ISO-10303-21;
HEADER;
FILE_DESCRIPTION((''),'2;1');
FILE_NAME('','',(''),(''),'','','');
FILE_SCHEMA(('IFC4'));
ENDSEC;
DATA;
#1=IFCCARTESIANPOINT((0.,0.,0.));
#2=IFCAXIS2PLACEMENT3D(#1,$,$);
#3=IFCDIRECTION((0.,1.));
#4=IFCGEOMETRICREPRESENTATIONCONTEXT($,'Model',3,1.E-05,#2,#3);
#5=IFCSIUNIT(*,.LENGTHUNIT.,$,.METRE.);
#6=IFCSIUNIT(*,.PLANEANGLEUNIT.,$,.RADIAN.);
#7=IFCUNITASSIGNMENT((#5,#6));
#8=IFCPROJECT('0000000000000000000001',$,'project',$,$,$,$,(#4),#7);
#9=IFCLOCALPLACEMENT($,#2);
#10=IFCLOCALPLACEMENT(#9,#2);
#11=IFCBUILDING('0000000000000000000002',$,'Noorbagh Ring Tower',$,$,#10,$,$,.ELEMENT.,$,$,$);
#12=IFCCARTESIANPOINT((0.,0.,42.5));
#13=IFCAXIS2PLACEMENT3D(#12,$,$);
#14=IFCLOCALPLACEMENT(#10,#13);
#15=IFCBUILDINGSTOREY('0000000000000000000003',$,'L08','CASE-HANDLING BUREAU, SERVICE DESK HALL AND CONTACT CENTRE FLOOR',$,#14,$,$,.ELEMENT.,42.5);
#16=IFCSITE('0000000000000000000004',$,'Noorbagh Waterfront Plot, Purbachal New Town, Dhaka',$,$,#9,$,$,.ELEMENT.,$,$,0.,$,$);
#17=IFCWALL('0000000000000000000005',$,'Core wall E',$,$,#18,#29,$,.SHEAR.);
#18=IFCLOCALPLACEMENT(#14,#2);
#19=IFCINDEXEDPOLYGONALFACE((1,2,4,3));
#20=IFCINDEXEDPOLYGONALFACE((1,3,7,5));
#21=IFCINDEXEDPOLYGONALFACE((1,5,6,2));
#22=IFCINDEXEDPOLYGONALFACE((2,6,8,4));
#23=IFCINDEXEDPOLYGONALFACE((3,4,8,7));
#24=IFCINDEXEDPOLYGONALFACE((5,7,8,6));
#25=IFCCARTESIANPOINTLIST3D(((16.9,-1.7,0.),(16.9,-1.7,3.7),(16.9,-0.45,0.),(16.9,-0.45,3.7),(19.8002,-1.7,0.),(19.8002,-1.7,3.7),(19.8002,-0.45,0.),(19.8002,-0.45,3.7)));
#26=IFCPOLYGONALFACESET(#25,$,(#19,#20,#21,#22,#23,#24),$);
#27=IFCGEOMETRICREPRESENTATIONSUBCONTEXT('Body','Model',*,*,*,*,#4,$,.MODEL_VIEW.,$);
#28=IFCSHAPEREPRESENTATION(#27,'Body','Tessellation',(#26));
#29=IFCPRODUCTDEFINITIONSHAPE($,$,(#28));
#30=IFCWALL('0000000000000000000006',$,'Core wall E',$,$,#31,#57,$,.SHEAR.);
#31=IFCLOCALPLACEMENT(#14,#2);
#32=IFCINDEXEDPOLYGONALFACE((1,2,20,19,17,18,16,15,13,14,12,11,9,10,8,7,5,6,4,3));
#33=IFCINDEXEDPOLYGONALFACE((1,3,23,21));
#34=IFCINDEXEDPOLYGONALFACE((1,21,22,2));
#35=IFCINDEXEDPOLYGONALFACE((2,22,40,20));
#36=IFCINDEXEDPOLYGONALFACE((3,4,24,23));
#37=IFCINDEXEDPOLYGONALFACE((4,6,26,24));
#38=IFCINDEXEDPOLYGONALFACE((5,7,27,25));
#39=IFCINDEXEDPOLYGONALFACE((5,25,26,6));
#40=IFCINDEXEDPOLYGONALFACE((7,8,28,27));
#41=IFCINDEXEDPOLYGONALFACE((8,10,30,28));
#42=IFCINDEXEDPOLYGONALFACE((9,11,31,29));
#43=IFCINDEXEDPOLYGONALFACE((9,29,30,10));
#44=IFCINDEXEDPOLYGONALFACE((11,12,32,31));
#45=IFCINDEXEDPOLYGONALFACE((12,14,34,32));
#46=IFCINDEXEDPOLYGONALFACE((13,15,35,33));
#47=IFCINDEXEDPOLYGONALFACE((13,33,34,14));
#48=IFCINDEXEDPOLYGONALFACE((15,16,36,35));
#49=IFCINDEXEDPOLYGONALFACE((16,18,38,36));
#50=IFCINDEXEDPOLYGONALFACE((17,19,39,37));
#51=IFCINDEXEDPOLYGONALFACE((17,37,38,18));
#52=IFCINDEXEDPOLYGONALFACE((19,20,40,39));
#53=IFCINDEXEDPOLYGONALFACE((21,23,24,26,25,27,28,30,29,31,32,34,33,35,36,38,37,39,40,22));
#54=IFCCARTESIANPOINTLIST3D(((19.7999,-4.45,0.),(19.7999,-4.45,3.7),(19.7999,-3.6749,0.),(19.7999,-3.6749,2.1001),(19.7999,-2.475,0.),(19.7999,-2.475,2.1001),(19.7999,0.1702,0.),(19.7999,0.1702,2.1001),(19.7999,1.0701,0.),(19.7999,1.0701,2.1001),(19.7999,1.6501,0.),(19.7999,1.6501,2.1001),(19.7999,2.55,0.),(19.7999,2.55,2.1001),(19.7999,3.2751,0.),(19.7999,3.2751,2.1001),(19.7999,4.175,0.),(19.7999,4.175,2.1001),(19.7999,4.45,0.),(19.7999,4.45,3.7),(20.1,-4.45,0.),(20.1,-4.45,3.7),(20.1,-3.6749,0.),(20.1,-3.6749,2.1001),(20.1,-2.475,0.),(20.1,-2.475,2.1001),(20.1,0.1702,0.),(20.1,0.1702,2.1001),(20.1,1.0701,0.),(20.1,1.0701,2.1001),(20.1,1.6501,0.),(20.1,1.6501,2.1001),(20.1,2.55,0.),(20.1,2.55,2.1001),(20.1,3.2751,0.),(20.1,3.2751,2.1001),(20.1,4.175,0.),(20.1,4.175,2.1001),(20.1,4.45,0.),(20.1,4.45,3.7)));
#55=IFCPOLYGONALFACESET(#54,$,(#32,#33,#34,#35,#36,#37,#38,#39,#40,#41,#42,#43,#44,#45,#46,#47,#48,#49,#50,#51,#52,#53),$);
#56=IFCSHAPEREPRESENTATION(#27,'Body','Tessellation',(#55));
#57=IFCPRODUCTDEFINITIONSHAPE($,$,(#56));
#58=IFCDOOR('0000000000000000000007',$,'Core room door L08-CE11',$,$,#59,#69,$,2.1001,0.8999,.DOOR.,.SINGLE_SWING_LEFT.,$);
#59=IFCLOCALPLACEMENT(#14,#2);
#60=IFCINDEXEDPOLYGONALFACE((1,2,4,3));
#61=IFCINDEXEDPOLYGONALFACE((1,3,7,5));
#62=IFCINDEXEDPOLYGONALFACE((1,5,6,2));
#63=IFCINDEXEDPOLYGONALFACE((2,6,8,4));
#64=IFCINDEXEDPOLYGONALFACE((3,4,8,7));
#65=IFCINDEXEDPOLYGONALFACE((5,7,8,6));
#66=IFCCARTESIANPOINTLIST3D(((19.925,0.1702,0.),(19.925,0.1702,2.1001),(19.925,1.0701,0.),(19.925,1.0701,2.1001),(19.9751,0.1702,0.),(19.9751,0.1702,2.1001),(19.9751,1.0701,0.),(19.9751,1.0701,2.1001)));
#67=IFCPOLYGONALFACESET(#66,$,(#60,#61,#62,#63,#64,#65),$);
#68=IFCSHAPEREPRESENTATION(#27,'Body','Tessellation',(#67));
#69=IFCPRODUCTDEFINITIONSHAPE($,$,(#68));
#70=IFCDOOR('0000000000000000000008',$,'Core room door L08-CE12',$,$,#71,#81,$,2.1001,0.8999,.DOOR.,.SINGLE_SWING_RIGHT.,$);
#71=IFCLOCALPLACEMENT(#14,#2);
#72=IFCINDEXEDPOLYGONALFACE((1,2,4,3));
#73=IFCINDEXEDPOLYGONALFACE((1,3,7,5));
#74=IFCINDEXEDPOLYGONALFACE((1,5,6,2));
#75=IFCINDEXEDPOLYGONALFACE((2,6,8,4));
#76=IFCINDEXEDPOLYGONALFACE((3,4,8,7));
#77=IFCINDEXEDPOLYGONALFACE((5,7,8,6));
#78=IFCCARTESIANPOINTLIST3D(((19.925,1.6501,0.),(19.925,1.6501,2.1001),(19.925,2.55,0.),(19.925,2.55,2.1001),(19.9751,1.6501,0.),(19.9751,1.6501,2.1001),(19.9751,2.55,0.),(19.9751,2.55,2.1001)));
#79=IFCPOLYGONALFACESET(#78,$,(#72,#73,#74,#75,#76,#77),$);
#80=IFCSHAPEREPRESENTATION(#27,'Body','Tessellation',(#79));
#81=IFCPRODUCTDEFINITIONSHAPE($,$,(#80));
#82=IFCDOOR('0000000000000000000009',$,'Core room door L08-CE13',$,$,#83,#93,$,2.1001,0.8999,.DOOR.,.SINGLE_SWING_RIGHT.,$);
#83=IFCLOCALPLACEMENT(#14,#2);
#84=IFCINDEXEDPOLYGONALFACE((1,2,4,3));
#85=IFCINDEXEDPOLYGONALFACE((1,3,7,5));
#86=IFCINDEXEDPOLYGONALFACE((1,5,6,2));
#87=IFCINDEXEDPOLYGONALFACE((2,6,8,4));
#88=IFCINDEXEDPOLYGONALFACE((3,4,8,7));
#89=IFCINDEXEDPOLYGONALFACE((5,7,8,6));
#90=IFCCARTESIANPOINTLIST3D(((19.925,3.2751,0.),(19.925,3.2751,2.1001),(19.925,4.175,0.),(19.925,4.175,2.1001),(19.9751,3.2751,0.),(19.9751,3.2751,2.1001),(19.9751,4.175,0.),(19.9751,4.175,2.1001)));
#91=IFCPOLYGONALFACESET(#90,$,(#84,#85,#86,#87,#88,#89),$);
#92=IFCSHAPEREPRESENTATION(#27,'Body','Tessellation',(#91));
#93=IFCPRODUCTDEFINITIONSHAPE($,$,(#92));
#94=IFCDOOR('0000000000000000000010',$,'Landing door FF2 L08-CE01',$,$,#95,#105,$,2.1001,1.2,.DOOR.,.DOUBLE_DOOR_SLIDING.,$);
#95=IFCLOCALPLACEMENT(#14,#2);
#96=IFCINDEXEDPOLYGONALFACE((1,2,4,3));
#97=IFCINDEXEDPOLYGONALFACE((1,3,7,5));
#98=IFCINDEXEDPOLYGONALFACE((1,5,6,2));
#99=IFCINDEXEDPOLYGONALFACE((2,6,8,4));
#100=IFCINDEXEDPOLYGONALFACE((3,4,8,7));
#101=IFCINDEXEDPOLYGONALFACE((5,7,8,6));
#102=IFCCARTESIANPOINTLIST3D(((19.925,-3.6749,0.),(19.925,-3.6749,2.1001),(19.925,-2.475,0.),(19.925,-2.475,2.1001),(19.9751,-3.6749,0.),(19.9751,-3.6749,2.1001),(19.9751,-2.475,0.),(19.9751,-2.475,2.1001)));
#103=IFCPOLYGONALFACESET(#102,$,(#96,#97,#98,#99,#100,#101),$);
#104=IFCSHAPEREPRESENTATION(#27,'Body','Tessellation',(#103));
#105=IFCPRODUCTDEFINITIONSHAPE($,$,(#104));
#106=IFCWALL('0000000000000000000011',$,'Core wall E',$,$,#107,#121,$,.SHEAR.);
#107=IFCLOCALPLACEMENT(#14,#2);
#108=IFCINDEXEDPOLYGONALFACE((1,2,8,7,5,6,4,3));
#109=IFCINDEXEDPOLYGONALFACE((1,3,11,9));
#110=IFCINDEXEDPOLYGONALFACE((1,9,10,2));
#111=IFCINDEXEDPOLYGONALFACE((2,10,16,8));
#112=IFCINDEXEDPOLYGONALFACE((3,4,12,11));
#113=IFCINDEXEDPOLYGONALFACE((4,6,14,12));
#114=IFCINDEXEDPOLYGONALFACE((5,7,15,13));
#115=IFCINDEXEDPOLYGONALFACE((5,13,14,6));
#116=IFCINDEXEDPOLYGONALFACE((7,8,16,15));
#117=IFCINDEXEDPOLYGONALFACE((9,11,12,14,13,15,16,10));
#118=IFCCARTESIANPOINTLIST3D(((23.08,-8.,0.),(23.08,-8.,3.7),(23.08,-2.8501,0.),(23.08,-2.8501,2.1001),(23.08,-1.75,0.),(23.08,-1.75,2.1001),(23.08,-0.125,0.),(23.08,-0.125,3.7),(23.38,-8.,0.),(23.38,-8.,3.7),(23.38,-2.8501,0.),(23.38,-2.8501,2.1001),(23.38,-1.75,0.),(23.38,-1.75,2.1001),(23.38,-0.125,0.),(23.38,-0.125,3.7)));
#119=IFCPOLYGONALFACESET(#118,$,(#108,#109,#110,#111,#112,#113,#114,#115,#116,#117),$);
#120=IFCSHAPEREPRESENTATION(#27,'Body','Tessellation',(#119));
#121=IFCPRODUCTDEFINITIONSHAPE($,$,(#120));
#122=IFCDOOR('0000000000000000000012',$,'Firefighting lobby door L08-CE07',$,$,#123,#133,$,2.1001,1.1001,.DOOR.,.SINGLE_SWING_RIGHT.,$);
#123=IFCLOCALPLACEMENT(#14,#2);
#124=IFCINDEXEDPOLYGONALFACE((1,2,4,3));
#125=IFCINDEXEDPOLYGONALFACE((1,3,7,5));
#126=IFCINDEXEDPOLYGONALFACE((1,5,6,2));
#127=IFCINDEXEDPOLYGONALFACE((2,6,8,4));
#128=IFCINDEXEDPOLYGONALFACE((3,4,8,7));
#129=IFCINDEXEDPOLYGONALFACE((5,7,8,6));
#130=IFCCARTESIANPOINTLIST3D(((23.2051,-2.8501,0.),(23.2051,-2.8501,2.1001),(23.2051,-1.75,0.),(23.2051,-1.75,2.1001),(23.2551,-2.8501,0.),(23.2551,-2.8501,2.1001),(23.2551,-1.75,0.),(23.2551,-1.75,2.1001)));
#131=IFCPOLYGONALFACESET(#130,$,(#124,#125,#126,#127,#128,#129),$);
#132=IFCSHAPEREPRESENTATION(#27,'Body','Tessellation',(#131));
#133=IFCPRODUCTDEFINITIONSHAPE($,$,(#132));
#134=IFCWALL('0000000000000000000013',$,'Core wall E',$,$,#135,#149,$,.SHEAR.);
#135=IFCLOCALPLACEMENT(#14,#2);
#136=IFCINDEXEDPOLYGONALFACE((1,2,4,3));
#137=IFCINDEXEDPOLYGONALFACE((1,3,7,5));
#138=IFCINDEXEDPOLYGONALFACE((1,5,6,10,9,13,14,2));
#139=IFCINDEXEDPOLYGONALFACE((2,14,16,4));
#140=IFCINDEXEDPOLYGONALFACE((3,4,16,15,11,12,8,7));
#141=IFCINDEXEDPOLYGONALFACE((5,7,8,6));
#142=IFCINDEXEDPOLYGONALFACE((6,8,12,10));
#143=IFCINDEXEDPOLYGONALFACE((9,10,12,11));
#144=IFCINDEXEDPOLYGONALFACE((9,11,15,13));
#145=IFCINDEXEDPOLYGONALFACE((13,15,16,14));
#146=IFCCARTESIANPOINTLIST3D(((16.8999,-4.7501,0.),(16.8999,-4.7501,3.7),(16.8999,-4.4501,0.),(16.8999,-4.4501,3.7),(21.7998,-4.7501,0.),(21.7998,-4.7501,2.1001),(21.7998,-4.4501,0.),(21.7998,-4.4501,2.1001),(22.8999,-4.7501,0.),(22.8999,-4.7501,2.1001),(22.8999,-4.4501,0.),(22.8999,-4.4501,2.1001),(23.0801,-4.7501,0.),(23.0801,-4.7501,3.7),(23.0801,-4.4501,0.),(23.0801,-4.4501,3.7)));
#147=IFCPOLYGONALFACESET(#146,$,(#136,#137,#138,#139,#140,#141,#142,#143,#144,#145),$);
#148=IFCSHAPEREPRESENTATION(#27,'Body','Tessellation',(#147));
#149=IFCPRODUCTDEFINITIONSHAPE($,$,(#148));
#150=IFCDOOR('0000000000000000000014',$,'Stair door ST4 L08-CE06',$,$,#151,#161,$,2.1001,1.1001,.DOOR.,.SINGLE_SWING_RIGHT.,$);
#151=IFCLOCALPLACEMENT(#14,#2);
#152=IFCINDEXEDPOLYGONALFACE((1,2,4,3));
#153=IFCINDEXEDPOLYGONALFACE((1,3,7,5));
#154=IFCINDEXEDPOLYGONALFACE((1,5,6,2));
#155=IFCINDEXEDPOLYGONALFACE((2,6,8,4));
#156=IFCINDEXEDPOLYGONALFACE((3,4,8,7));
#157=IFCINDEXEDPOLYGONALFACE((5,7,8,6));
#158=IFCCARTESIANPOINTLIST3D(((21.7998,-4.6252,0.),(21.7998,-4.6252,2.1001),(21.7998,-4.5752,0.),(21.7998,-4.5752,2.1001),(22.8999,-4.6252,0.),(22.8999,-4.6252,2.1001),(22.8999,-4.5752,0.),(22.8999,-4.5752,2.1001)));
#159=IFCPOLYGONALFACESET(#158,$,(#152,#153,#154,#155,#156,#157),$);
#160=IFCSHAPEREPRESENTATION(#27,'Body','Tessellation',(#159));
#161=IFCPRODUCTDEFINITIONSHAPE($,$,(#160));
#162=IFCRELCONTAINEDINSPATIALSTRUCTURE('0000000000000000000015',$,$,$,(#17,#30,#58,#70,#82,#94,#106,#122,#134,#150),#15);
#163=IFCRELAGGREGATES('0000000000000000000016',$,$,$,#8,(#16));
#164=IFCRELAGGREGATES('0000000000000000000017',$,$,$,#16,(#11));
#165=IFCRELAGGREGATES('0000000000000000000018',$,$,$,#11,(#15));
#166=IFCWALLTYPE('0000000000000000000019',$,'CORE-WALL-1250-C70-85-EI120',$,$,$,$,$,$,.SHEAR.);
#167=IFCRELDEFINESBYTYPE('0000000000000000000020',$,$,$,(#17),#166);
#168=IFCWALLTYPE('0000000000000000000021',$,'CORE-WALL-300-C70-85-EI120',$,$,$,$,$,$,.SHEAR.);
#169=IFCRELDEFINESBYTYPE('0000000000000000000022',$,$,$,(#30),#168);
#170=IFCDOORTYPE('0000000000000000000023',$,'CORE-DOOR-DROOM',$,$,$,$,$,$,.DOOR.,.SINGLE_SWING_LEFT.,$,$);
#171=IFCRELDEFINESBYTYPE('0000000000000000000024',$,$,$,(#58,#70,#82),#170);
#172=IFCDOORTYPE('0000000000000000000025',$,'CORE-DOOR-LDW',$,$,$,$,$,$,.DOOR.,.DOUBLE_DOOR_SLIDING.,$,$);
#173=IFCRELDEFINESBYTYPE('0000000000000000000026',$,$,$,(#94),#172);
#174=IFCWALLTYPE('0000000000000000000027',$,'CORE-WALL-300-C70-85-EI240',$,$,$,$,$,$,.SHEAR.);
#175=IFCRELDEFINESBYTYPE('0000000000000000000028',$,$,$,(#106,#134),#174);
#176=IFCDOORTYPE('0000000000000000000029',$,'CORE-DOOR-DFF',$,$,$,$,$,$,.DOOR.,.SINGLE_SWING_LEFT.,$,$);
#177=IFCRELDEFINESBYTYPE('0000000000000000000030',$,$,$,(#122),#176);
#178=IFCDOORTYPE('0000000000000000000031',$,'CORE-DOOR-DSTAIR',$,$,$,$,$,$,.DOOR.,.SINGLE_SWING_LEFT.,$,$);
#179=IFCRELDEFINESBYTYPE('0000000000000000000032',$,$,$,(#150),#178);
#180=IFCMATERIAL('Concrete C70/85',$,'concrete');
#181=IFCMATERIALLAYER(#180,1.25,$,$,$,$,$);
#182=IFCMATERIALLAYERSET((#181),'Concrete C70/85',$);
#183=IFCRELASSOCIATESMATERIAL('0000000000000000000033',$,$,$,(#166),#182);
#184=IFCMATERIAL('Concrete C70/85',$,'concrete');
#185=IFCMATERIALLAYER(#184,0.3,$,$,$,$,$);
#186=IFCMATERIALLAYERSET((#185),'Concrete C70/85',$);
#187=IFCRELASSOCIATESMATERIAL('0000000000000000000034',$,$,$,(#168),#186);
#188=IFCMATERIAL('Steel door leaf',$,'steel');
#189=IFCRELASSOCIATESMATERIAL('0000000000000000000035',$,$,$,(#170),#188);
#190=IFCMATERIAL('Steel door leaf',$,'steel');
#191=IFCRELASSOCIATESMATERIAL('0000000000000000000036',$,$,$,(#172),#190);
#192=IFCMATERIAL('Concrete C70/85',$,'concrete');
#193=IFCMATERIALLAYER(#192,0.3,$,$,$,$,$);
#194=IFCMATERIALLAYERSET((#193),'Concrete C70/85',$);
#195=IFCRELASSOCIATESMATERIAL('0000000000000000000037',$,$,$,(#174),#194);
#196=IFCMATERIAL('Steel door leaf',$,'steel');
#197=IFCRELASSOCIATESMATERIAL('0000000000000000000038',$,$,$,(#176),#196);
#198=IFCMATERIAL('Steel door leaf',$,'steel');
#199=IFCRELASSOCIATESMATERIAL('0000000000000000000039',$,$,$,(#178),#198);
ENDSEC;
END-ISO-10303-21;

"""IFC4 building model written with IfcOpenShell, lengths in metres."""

from ifc_helpers import new_model, si_unit, direction, frame, frame_2d, origin, place, context, subcontext, project, spatial, rectangle, extrude, material, layer, layer_set, type_object, element, fill, save


model = new_model("IFC4")

# Units and contexts
model_context = context("Model", 3, precision=1e-05, world=origin(), true_north=direction((0.0, 1.0)))
body_context = subcontext(model_context, "Body", "Model", "MODEL_VIEW")
ifc_project = project(units=[si_unit("LENGTHUNIT", "METRE"), si_unit("PLANEANGLEUNIT", "RADIAN")], contexts=[model_context])

# Site, building, storey
site_placement = place(None, origin())
site = spatial("IfcSite", under=ifc_project, at=site_placement, Name="Noorbagh Waterfront Plot, Purbachal New Town, Dhaka", CompositionType="ELEMENT", RefElevation=0.0)
building_placement = place(site_placement, origin())
building = spatial("IfcBuilding", under=site, at=building_placement, Name="Noorbagh Ring Tower", CompositionType="ELEMENT")
storey_placement = place(building_placement, frame((0.0, 0.0, 42.5)))
storey = spatial("IfcBuildingStorey", under=building, at=storey_placement, Name="L08", Description="CASE-HANDLING BUREAU, SERVICE DESK HALL AND CONTACT CENTRE FLOOR", CompositionType="ELEMENT", Elevation=42.5)

# Wall
ifc_material_1 = material(Name="Concrete C70/85", Category="concrete")
ifc_layer_1 = layer(ifc_material_1, 1.25)
ifc_layer_set_1 = layer_set([ifc_layer_1], Name="Concrete C70/85")
wall_type_1 = type_object("IfcWallType", Name="CORE-WALL-1250-C70-85-EI120", PredefinedType="SHEAR", material=ifc_layer_set_1)
wall_1_placement = place(storey_placement, frame((16.8999, -1.075, 0.0), z_axis=(0.0, 0.0, 1.0), x_axis=(1.0, 0.0, 0.0)))
element("IfcWall", 1, at=wall_1_placement, inside=storey, type_object=wall_type_1, Name="Core wall E", PredefinedType="SHEAR", context=body_context, shape_type="SweptSolid", body=[
    extrude(rectangle(XDim=2.9001, YDim=1.25, at=frame_2d((1.4502, 0.0))), origin(), (0.0, 0.0, 1.0), 3.7),
])

# Wall, openings, doors
ifc_material_2 = material(Name="Concrete C70/85", Category="concrete")
ifc_layer_2 = layer(ifc_material_2, 0.3)
ifc_layer_set_2 = layer_set([ifc_layer_2], Name="Concrete C70/85")
wall_type_2 = type_object("IfcWallType", Name="CORE-WALL-300-C70-85-EI120", PredefinedType="SHEAR", material=ifc_layer_set_2)
wall_2_placement = place(storey_placement, frame((19.95, -4.45, 0.0), z_axis=(0.0, 0.0, 1.0), x_axis=(0.0, 1.0, 0.0)))
wall_2 = element("IfcWall", 2, at=wall_2_placement, inside=storey, type_object=wall_type_2, Name="Core wall E", PredefinedType="SHEAR", context=body_context, shape_type="SweptSolid", body=[
    extrude(rectangle(XDim=8.8999, YDim=0.3, at=frame_2d((4.45, 0.0))), origin(), (0.0, 0.0, 1.0), 3.7),
])
opening_1_placement = place(wall_2_placement, frame((0.7749, 0.0, 0.0)))
opening_1 = element("IfcOpeningElement", 3, at=opening_1_placement, cuts=wall_2, PredefinedType="OPENING", context=body_context, shape_type="SweptSolid", body=[
    extrude(rectangle(XDim=1.2, YDim=2.1001, at=frame_2d((0.6001, 1.05))), frame((0.0, 0.1602, 0.0), z_axis=(0.0, -1.0, 0.0), x_axis=(1.0, 0.0, 0.0)), (0.0, 0.0, 1.0), 0.3201),
])
opening_2_placement = place(wall_2_placement, frame((4.6201, 0.0, 0.0)))
opening_2 = element("IfcOpeningElement", 4, at=opening_2_placement, cuts=wall_2, PredefinedType="OPENING", context=body_context, shape_type="SweptSolid", body=[
    extrude(rectangle(XDim=0.8999, YDim=2.1001, at=frame_2d((0.45, 1.05))), frame((0.0, 0.1602, 0.0), z_axis=(0.0, -1.0, 0.0), x_axis=(1.0, 0.0, 0.0)), (0.0, 0.0, 1.0), 0.3201),
])
opening_3_placement = place(wall_2_placement, frame((6.1001, 0.0, 0.0)))
opening_3 = element("IfcOpeningElement", 5, at=opening_3_placement, cuts=wall_2, PredefinedType="OPENING", context=body_context, shape_type="SweptSolid", body=[
    extrude(rectangle(XDim=0.8999, YDim=2.1001, at=frame_2d((0.45, 1.05))), frame((0.0, 0.1602, 0.0), z_axis=(0.0, -1.0, 0.0), x_axis=(1.0, 0.0, 0.0)), (0.0, 0.0, 1.0), 0.3201),
])
opening_4_placement = place(wall_2_placement, frame((7.7251, 0.0, 0.0)))
opening_4 = element("IfcOpeningElement", 6, at=opening_4_placement, cuts=wall_2, PredefinedType="OPENING", context=body_context, shape_type="SweptSolid", body=[
    extrude(rectangle(XDim=0.8999, YDim=2.1001, at=frame_2d((0.45, 1.05))), frame((0.0, 0.1602, 0.0), z_axis=(0.0, -1.0, 0.0), x_axis=(1.0, 0.0, 0.0)), (0.0, 0.0, 1.0), 0.3201),
])
ifc_material_3 = material(Name="Steel door leaf", Category="steel")
door_type_1 = type_object("IfcDoorType", Name="CORE-DOOR-DROOM", OperationType="SINGLE_SWING_LEFT", PredefinedType="DOOR", material=ifc_material_3)
door_1_placement = place(opening_2_placement, origin())
door_1 = element("IfcDoor", 7, at=door_1_placement, inside=storey, type_object=door_type_1, Name="Core room door L08-CE11", OperationType="SINGLE_SWING_LEFT", OverallHeight=2.1001, OverallWidth=0.8999, PredefinedType="DOOR", context=body_context, shape_type="SweptSolid", body=[
    extrude(rectangle(XDim=0.8999, YDim=2.1001, at=frame_2d((0.45, 1.05))), frame((0.0, 0.0249, 0.0), z_axis=(0.0, -1.0, 0.0), x_axis=(1.0, 0.0, 0.0)), (0.0, 0.0, 1.0), 0.05),
])
fill(opening_2, door_1)
door_2_placement = place(opening_3_placement, origin())
door_2 = element("IfcDoor", 8, at=door_2_placement, inside=storey, type_object=door_type_1, Name="Core room door L08-CE12", OperationType="SINGLE_SWING_RIGHT", OverallHeight=2.1001, OverallWidth=0.8999, PredefinedType="DOOR", context=body_context, shape_type="SweptSolid", body=[
    extrude(rectangle(XDim=0.8999, YDim=2.1001, at=frame_2d((0.45, 1.05))), frame((0.0, 0.0249, 0.0), z_axis=(0.0, -1.0, 0.0), x_axis=(1.0, 0.0, 0.0)), (0.0, 0.0, 1.0), 0.05),
])
fill(opening_3, door_2)
door_3_placement = place(opening_4_placement, origin())
door_3 = element("IfcDoor", 9, at=door_3_placement, inside=storey, type_object=door_type_1, Name="Core room door L08-CE13", OperationType="SINGLE_SWING_RIGHT", OverallHeight=2.1001, OverallWidth=0.8999, PredefinedType="DOOR", context=body_context, shape_type="SweptSolid", body=[
    extrude(rectangle(XDim=0.8999, YDim=2.1001, at=frame_2d((0.45, 1.05))), frame((0.0, 0.0249, 0.0), z_axis=(0.0, -1.0, 0.0), x_axis=(1.0, 0.0, 0.0)), (0.0, 0.0, 1.0), 0.05),
])
fill(opening_4, door_3)
ifc_material_4 = material(Name="Steel door leaf", Category="steel")
door_type_2 = type_object("IfcDoorType", Name="CORE-DOOR-LDW", OperationType="DOUBLE_DOOR_SLIDING", PredefinedType="DOOR", material=ifc_material_4)
door_4_placement = place(opening_1_placement, origin())
door_4 = element("IfcDoor", 10, at=door_4_placement, inside=storey, type_object=door_type_2, Name="Landing door FF2 L08-CE01", OperationType="DOUBLE_DOOR_SLIDING", OverallHeight=2.1001, OverallWidth=1.2, PredefinedType="DOOR", context=body_context, shape_type="SweptSolid", body=[
    extrude(rectangle(XDim=1.2, YDim=2.1001, at=frame_2d((0.6001, 1.05))), frame((0.0, 0.0249, 0.0), z_axis=(0.0, -1.0, 0.0), x_axis=(1.0, 0.0, 0.0)), (0.0, 0.0, 1.0), 0.05),
])
fill(opening_1, door_4)

# Walls, openings, doors
ifc_material_5 = material(Name="Concrete C70/85", Category="concrete")
ifc_layer_3 = layer(ifc_material_5, 0.3)
ifc_layer_set_3 = layer_set([ifc_layer_3], Name="Concrete C70/85")
wall_type_3 = type_object("IfcWallType", Name="CORE-WALL-300-C70-85-EI240", PredefinedType="SHEAR", material=ifc_layer_set_3)
wall_3_placement = place(storey_placement, frame((23.23, -8.0, 0.0), z_axis=(0.0, 0.0, 1.0), x_axis=(0.0, 1.0, 0.0)))
wall_3 = element("IfcWall", 11, at=wall_3_placement, inside=storey, type_object=wall_type_3, Name="Core wall E", PredefinedType="SHEAR", context=body_context, shape_type="SweptSolid", body=[
    extrude(rectangle(XDim=7.875, YDim=0.3, at=frame_2d((3.9375, 0.0))), origin(), (0.0, 0.0, 1.0), 3.7),
])
opening_5_placement = place(wall_3_placement, frame((5.1499, 0.0, 0.0)))
opening_5 = element("IfcOpeningElement", 12, at=opening_5_placement, cuts=wall_3, PredefinedType="OPENING", context=body_context, shape_type="SweptSolid", body=[
    extrude(rectangle(XDim=1.1001, YDim=2.1001, at=frame_2d((0.55, 1.05))), frame((0.0, 0.1602, 0.0), z_axis=(0.0, -1.0, 0.0), x_axis=(1.0, 0.0, 0.0)), (0.0, 0.0, 1.0), 0.3201),
])
ifc_material_6 = material(Name="Steel door leaf", Category="steel")
door_type_3 = type_object("IfcDoorType", Name="CORE-DOOR-DFF", OperationType="SINGLE_SWING_LEFT", PredefinedType="DOOR", material=ifc_material_6)
door_5_placement = place(opening_5_placement, origin())
door_5 = element("IfcDoor", 13, at=door_5_placement, inside=storey, type_object=door_type_3, Name="Firefighting lobby door L08-CE07", OperationType="SINGLE_SWING_RIGHT", OverallHeight=2.1001, OverallWidth=1.1001, PredefinedType="DOOR", context=body_context, shape_type="SweptSolid", body=[
    extrude(rectangle(XDim=1.1001, YDim=2.1001, at=frame_2d((0.55, 1.05))), frame((0.0, 0.0249, 0.0), z_axis=(0.0, -1.0, 0.0), x_axis=(1.0, 0.0, 0.0)), (0.0, 0.0, 1.0), 0.05),
])
fill(opening_5, door_5)
wall_4_placement = place(storey_placement, frame((16.8999, -4.6001, 0.0), z_axis=(0.0, 0.0, 1.0), x_axis=(1.0, 0.0, 0.0)))
wall_4 = element("IfcWall", 14, at=wall_4_placement, inside=storey, type_object=wall_type_3, Name="Core wall E", PredefinedType="SHEAR", context=body_context, shape_type="SweptSolid", body=[
    extrude(rectangle(XDim=6.1802, YDim=0.3, at=frame_2d((3.0901, 0.0))), origin(), (0.0, 0.0, 1.0), 3.7),
])
opening_6_placement = place(wall_4_placement, frame((4.8999, 0.0, 0.0)))
opening_6 = element("IfcOpeningElement", 15, at=opening_6_placement, cuts=wall_4, PredefinedType="OPENING", context=body_context, shape_type="SweptSolid", body=[
    extrude(rectangle(XDim=1.1001, YDim=2.1001, at=frame_2d((0.55, 1.05))), frame((0.0, 0.1602, 0.0), z_axis=(0.0, -1.0, 0.0), x_axis=(1.0, 0.0, 0.0)), (0.0, 0.0, 1.0), 0.3201),
])
ifc_material_7 = material(Name="Steel door leaf", Category="steel")
door_type_4 = type_object("IfcDoorType", Name="CORE-DOOR-DSTAIR", OperationType="SINGLE_SWING_LEFT", PredefinedType="DOOR", material=ifc_material_7)
door_6_placement = place(opening_6_placement, origin())
door_6 = element("IfcDoor", 16, at=door_6_placement, inside=storey, type_object=door_type_4, Name="Stair door ST4 L08-CE06", OperationType="SINGLE_SWING_RIGHT", OverallHeight=2.1001, OverallWidth=1.1001, PredefinedType="DOOR", context=body_context, shape_type="SweptSolid", body=[
    extrude(rectangle(XDim=1.1001, YDim=2.1001, at=frame_2d((0.55, 1.05))), frame((0.0, 0.0249, 0.0), z_axis=(0.0, -1.0, 0.0), x_axis=(1.0, 0.0, 0.0)), (0.0, 0.0, 1.0), 0.05),
])
fill(opening_6, door_6)

save(model, "model.ifc")
